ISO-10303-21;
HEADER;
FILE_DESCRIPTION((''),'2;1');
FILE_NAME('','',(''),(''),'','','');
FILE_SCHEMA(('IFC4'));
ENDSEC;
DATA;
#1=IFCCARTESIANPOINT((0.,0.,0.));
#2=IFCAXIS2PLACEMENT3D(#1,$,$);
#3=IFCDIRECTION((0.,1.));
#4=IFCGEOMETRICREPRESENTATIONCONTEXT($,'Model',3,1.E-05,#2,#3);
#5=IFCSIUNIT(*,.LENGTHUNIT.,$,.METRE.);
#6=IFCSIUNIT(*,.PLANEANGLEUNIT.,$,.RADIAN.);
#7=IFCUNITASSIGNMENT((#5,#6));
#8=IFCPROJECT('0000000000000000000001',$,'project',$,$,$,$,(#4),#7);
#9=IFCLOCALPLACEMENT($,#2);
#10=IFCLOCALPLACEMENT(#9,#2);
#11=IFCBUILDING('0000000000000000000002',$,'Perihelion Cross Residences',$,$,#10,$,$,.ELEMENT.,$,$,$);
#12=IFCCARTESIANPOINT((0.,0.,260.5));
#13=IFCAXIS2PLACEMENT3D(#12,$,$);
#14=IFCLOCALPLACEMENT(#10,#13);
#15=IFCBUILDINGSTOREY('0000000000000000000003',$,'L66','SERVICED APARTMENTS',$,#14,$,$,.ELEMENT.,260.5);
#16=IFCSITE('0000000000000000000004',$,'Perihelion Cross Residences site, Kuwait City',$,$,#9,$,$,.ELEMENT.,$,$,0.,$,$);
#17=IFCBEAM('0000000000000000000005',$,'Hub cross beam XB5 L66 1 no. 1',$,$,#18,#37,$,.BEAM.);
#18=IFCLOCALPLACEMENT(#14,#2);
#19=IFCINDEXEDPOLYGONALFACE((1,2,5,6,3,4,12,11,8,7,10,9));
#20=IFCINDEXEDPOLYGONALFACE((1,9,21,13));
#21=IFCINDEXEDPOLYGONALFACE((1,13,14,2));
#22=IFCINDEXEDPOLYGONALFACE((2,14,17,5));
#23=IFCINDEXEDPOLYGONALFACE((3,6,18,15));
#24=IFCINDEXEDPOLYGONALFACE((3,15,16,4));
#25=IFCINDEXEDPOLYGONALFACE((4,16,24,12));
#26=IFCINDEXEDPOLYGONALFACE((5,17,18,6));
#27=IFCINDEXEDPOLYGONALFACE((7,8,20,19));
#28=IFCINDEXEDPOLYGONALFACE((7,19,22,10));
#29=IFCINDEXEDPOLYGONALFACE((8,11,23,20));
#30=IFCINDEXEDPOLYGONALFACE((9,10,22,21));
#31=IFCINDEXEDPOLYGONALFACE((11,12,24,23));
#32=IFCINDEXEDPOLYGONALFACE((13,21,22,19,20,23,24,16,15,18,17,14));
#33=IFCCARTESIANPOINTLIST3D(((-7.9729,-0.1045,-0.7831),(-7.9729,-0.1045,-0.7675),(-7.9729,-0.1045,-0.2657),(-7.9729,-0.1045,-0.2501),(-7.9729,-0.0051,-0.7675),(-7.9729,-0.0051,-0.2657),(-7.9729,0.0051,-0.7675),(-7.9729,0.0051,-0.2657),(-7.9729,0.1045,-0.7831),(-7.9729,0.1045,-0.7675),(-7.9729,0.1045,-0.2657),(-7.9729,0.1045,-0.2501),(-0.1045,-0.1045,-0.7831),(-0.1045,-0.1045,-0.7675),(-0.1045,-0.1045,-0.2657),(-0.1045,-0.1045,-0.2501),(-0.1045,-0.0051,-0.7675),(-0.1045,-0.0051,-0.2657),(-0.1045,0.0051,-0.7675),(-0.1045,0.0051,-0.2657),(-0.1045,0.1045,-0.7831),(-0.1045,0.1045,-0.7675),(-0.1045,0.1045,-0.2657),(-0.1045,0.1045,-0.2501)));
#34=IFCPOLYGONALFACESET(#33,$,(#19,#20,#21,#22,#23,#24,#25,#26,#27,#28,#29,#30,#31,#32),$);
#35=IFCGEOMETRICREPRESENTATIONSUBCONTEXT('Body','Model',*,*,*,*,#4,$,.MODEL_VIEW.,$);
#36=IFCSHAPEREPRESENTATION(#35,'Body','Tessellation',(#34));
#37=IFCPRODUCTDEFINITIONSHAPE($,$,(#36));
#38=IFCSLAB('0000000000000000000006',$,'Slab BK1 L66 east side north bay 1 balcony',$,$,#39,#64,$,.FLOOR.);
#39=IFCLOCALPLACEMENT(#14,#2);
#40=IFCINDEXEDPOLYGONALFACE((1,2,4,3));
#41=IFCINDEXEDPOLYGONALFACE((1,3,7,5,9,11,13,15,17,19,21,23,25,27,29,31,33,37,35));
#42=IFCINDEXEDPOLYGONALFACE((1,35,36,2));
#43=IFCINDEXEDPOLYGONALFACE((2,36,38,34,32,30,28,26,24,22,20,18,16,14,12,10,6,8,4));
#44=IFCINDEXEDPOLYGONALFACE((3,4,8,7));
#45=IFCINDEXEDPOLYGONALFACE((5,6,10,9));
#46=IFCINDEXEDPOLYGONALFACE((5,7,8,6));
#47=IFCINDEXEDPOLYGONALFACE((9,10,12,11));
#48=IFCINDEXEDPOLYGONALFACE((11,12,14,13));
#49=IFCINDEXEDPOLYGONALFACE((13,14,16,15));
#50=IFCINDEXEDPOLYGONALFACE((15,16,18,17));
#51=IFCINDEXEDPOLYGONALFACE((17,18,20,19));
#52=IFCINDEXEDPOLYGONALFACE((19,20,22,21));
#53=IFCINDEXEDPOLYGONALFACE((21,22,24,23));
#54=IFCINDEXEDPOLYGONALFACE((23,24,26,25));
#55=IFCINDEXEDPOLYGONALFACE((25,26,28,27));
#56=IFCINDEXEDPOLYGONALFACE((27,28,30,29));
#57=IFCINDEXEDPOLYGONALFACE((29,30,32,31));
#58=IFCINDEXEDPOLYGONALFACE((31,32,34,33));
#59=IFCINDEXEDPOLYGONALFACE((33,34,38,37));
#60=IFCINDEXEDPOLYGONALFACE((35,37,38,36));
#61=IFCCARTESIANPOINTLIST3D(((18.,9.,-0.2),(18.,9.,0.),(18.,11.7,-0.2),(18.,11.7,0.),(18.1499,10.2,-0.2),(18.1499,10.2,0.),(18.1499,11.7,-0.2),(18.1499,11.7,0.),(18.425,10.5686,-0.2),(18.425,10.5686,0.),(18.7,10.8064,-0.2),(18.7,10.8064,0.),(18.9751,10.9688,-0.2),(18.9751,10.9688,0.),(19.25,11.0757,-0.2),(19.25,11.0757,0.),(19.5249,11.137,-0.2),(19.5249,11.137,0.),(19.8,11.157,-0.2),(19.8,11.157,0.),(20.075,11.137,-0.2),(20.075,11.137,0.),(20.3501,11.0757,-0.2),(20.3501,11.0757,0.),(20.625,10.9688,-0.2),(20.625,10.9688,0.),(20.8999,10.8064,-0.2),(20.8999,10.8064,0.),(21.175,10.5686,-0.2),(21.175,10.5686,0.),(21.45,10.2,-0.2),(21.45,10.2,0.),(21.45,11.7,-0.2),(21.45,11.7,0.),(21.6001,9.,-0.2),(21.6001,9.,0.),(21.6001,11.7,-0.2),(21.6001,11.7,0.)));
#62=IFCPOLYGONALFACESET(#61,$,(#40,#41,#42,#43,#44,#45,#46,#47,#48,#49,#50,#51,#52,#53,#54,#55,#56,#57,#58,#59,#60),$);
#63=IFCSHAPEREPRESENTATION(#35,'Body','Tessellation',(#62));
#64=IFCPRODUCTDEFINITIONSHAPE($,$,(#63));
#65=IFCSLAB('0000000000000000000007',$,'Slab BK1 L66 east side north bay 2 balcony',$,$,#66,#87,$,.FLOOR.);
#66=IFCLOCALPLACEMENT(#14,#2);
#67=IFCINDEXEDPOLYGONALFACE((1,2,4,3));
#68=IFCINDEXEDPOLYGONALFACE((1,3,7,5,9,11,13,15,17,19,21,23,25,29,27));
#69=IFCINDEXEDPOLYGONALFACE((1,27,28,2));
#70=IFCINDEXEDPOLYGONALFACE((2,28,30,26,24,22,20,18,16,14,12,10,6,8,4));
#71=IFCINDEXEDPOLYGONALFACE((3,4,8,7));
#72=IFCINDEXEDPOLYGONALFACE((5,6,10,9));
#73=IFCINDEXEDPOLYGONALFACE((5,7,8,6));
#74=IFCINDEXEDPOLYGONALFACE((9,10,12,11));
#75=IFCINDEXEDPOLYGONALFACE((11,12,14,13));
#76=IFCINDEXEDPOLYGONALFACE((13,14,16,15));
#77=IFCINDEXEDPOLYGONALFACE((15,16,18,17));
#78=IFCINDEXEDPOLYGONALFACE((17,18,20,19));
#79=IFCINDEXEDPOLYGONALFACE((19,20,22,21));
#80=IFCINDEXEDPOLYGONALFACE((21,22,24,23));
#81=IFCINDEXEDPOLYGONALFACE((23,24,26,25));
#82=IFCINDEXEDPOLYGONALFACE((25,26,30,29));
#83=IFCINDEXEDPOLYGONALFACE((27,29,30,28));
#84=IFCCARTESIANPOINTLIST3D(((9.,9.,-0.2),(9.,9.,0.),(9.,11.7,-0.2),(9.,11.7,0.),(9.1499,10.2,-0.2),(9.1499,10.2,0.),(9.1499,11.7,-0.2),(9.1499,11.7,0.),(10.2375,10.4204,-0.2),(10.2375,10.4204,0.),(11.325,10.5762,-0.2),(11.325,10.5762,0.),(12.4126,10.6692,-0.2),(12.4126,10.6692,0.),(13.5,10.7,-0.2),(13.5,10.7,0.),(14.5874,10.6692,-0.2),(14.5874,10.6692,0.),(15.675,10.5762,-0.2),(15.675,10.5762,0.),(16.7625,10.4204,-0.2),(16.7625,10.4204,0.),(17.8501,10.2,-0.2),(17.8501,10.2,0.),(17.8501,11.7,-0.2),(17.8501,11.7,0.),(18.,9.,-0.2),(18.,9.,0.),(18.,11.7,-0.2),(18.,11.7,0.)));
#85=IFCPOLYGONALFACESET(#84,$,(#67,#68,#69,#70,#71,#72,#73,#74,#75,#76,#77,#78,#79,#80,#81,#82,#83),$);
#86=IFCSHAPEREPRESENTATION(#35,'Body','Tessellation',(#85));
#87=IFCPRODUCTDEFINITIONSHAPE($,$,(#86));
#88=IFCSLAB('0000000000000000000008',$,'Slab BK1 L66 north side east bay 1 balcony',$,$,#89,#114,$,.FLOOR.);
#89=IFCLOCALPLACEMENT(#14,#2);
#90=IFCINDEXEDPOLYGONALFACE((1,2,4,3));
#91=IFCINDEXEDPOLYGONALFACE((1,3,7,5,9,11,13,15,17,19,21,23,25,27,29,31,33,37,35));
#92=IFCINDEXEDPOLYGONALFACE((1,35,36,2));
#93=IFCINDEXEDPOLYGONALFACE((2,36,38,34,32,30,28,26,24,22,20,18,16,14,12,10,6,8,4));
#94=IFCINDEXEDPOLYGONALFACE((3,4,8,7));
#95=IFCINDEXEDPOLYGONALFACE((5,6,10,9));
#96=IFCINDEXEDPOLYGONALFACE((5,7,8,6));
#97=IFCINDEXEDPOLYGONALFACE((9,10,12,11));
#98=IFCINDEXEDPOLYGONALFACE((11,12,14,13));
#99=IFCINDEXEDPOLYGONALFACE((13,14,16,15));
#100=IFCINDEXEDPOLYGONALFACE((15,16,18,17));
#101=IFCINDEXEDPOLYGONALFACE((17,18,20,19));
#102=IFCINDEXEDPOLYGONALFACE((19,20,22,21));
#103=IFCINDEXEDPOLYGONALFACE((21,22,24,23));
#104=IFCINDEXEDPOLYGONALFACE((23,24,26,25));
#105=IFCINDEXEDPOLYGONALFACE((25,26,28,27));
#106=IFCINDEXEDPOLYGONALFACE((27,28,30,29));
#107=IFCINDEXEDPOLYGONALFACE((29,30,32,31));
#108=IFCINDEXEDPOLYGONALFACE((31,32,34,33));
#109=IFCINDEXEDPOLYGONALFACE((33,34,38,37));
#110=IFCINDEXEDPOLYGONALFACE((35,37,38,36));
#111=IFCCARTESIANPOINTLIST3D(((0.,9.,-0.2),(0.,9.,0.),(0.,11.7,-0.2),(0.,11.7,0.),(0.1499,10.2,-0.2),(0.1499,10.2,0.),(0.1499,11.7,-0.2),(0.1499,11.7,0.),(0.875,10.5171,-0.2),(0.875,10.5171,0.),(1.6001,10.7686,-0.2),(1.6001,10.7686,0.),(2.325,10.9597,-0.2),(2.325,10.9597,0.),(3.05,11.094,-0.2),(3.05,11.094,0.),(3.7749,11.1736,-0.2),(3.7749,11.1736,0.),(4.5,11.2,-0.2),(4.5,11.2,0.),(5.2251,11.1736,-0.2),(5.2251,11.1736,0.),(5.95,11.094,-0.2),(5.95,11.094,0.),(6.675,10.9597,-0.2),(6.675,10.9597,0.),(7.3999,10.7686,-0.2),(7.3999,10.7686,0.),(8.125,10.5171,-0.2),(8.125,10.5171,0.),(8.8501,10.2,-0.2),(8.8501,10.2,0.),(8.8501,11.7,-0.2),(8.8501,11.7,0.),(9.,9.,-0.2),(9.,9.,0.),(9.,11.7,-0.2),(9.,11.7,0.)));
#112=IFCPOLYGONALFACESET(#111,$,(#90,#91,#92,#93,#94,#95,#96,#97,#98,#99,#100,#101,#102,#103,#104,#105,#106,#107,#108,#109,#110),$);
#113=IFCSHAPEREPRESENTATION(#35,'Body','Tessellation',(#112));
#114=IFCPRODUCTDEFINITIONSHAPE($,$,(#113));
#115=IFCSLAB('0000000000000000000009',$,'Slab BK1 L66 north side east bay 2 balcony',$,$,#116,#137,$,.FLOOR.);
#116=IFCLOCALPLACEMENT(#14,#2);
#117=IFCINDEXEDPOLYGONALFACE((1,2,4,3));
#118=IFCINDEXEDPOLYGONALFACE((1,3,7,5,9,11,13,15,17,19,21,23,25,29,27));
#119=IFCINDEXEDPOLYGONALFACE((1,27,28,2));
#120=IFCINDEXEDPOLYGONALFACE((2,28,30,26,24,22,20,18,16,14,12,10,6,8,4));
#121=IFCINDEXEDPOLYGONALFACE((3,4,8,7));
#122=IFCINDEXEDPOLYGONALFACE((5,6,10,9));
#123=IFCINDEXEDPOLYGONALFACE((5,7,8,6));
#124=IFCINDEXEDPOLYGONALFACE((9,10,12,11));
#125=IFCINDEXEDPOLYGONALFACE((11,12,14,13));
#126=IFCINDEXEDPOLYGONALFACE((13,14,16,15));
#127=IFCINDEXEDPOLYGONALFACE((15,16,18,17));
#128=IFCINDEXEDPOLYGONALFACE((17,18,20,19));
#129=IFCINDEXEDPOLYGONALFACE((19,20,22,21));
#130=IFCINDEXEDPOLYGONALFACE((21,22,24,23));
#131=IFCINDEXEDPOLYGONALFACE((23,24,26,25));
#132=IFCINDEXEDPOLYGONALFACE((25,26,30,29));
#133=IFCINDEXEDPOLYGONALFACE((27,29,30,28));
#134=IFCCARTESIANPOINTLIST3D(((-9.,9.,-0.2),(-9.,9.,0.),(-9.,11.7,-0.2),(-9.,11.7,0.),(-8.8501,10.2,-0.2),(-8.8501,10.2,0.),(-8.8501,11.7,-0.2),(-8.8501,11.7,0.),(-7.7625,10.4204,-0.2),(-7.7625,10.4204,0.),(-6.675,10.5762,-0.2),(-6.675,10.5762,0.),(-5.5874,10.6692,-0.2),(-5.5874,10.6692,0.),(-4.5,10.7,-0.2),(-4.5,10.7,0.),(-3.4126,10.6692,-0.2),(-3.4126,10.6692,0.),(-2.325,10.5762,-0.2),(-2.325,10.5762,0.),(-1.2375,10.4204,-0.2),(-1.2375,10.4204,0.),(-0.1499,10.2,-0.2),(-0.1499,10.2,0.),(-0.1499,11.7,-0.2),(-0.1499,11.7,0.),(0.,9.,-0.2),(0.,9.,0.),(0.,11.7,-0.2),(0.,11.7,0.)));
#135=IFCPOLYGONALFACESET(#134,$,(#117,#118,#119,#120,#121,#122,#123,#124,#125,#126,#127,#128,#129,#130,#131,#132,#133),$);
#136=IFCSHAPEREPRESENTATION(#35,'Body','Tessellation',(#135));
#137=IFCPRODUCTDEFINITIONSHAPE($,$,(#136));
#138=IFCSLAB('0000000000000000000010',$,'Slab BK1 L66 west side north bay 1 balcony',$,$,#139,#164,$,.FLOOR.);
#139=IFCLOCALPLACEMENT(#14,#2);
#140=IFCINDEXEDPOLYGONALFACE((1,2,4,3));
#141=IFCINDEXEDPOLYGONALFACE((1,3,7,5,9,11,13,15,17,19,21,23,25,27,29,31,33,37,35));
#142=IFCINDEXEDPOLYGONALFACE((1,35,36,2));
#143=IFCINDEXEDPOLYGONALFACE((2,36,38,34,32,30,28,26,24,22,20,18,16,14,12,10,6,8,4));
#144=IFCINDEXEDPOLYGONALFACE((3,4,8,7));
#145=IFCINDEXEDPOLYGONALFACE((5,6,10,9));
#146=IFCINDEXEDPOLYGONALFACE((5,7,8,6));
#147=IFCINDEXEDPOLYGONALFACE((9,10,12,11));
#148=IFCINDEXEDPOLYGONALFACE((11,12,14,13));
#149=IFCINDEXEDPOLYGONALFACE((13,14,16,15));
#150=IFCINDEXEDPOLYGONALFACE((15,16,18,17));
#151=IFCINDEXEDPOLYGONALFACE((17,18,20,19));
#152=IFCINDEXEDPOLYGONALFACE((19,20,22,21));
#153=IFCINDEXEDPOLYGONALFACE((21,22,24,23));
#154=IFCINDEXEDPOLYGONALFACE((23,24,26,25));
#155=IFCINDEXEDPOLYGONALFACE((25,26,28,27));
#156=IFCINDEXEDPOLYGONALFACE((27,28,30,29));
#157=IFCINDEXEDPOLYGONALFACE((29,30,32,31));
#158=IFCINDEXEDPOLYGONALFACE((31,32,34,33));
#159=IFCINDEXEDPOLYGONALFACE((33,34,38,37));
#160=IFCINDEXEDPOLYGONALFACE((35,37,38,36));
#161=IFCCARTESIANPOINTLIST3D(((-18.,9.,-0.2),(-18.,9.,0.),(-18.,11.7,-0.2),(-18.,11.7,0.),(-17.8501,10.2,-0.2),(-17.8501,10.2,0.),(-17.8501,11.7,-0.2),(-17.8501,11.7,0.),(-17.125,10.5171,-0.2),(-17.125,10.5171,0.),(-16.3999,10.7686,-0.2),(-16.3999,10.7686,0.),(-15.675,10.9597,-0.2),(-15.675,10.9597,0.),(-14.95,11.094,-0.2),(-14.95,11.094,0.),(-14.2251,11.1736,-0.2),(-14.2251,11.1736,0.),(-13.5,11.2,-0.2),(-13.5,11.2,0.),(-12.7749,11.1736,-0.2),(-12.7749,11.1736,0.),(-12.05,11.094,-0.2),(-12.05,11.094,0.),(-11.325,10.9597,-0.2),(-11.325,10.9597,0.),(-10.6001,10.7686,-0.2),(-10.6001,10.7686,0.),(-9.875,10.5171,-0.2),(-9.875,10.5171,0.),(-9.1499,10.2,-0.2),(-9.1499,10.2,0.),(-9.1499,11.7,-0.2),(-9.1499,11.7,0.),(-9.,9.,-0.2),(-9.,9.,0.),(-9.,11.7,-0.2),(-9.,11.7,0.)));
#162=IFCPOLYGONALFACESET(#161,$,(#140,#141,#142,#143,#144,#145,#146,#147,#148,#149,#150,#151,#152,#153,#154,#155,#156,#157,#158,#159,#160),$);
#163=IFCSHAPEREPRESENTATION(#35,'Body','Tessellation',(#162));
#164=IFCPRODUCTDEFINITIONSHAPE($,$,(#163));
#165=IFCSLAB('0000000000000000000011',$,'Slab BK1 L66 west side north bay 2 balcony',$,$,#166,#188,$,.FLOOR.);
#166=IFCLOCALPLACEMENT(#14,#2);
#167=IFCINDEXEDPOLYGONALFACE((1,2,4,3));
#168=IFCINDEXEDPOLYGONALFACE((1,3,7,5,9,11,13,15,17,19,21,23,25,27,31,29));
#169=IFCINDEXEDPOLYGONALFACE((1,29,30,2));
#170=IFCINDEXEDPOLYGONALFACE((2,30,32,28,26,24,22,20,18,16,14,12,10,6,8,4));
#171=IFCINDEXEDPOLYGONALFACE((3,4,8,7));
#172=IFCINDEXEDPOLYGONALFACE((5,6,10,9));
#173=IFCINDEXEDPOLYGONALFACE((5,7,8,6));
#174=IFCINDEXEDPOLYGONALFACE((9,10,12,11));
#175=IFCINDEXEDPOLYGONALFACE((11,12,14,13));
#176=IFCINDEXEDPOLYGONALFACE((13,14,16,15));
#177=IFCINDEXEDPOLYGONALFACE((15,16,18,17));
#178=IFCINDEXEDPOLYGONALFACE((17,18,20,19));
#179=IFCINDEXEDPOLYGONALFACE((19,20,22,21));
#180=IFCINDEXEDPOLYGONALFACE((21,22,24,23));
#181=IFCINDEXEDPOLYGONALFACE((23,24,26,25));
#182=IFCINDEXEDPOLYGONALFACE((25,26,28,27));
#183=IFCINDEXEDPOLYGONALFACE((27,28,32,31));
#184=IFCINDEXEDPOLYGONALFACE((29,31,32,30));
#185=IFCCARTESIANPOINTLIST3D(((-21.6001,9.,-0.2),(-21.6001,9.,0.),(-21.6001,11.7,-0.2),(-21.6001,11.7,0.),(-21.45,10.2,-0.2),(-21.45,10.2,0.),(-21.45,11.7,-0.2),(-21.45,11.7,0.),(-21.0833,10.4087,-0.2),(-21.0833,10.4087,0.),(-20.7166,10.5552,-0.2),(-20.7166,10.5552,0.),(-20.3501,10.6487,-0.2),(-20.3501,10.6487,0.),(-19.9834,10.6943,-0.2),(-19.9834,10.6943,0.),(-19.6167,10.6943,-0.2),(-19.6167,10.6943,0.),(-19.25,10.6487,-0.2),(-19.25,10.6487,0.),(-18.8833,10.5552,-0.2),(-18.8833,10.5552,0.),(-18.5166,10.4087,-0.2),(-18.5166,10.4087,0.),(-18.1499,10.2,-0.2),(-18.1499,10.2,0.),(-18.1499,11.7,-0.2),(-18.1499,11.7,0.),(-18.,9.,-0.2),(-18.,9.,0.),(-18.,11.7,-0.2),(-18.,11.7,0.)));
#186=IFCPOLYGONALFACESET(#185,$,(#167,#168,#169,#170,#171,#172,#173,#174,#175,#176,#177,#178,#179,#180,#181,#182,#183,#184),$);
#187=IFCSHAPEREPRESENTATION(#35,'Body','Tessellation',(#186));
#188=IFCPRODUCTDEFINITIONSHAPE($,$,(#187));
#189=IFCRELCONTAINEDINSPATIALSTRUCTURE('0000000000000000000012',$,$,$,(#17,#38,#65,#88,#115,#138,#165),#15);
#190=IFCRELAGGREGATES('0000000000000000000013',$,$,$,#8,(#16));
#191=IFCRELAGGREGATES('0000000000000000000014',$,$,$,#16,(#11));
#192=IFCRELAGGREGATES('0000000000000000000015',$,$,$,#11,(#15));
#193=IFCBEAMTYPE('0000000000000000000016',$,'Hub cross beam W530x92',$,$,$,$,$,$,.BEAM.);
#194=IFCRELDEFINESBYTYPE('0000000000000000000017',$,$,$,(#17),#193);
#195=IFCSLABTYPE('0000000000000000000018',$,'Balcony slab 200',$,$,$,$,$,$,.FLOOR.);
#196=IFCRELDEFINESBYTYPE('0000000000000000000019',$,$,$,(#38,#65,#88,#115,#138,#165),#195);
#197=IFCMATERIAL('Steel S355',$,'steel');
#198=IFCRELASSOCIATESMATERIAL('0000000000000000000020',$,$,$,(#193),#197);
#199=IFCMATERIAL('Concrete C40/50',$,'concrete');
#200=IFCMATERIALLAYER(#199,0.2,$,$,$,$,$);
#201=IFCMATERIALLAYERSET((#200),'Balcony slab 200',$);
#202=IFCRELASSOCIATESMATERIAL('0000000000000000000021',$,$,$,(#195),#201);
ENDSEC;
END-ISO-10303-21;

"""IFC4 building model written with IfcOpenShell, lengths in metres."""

from ifc_helpers import new_model, si_unit, direction, frame, origin, origin_2d, place, context, subcontext, project, spatial, polyline, i_section, outline, extrude, material, layer, layer_set, material_profile, profile_set, type_object, element, save


model = new_model("IFC4")

# Units and contexts
model_context = context("Model", 3, precision=1e-05, world=origin(), true_north=direction((0.0, 1.0)))
body_context = subcontext(model_context, "Body", "Model", "MODEL_VIEW")
ifc_project = project(units=[si_unit("LENGTHUNIT", "METRE"), si_unit("PLANEANGLEUNIT", "RADIAN")], contexts=[model_context])

# Site, building, storey
site_placement = place(None, origin())
site = spatial("IfcSite", under=ifc_project, at=site_placement, Name="Perihelion Cross Residences site, Kuwait City", CompositionType="ELEMENT", RefElevation=0.0)
building_placement = place(site_placement, origin())
building = spatial("IfcBuilding", under=site, at=building_placement, Name="Perihelion Cross Residences", CompositionType="ELEMENT")
storey_placement = place(building_placement, frame((0.0, 0.0, 260.5)))
storey = spatial("IfcBuildingStorey", under=building, at=storey_placement, Name="L66", Description="SERVICED APARTMENTS", CompositionType="ELEMENT", Elevation=260.5)

# Beam
ifc_material_1 = material(Name="Steel S355", Category="steel")
ifc_material_profile = material_profile(ifc_material_1, i_section(OverallWidth=0.209, OverallDepth=0.533, WebThickness=0.0103, FlangeThickness=0.0156, at=origin_2d()), Name="W530x92")
ifc_profile_set = profile_set([ifc_material_profile], Name="Steel S355")
beam_type = type_object("IfcBeamType", Name="Hub cross beam W530x92", PredefinedType="BEAM", material=ifc_profile_set)
beam_placement = place(storey_placement, frame((-7.9729, 0.0, -0.5166), z_axis=(1.0, 0.0, 0.0), x_axis=(0.0, 1.0, 0.0)))
element("IfcBeam", 1, at=beam_placement, inside=storey, type_object=beam_type, Name="Hub cross beam XB5 L66 1 no. 1", PredefinedType="BEAM", context=body_context, shape_type="SweptSolid", body=[
    extrude(i_section(OverallWidth=0.209, OverallDepth=0.533, WebThickness=0.0103, FlangeThickness=0.0156, at=origin_2d()), origin(), (0.0, 0.0, 1.0), 7.8684),
])

# Slabs
ifc_material_2 = material(Name="Concrete C40/50", Category="concrete")
ifc_layer_1 = layer(ifc_material_2, 0.2)
ifc_layer_set_1 = layer_set([ifc_layer_1], Name="Balcony slab 200")
slab_type_1 = type_object("IfcSlabType", Name="Balcony slab 200", PredefinedType="FLOOR", material=ifc_layer_set_1)
slab_1_placement = place(storey_placement, frame((0.0, 0.0, -0.2)))
element("IfcSlab", 2, at=slab_1_placement, inside=storey, type_object=slab_type_1, Name="Slab BK1 L66 east side north bay 1 balcony", PredefinedType="FLOOR", context=body_context, shape_type="SweptSolid", body=[
    extrude(outline(polyline([(21.6001, 9.0), (18.0, 9.0), (18.0, 11.7), (18.1499, 11.7), (18.1499, 10.2), (18.425, 10.5686), (18.7, 10.8064), (18.9751, 10.9688), (19.25, 11.0757), (19.5249, 11.137), (19.8, 11.157), (20.075, 11.137), (20.3501, 11.0757), (20.625, 10.9688), (20.8999, 10.8064), (21.175, 10.5686), (21.45, 10.2), (21.45, 11.7), (21.6001, 11.7), (21.6001, 9.0)])), origin(), (0.0, 0.0, 1.0), 0.2),
])
slab_2_placement = place(storey_placement, frame((0.0, 0.0, -0.2)))
element("IfcSlab", 3, at=slab_2_placement, inside=storey, type_object=slab_type_1, Name="Slab BK1 L66 east side north bay 2 balcony", PredefinedType="FLOOR", context=body_context, shape_type="SweptSolid", body=[
    extrude(outline(polyline([(18.0, 9.0), (9.0, 9.0), (9.0, 11.7), (9.1499, 11.7), (9.1499, 10.2), (10.2375, 10.4204), (11.325, 10.5762), (12.4126, 10.6692), (13.5, 10.7), (14.5874, 10.6692), (15.675, 10.5762), (16.7625, 10.4204), (17.8501, 10.2), (17.8501, 11.7), (18.0, 11.7), (18.0, 9.0)])), origin(), (0.0, 0.0, 1.0), 0.2),
])
slab_3_placement = place(storey_placement, frame((0.0, 0.0, -0.2)))
element("IfcSlab", 4, at=slab_3_placement, inside=storey, type_object=slab_type_1, Name="Slab BK1 L66 north side east bay 1 balcony", PredefinedType="FLOOR", context=body_context, shape_type="SweptSolid", body=[
    extrude(outline(polyline([(9.0, 9.0), (0.0, 9.0), (0.0, 11.7), (0.1499, 11.7), (0.1499, 10.2), (0.875, 10.5171), (1.6001, 10.7686), (2.325, 10.9597), (3.05, 11.094), (3.7749, 11.1736), (4.5, 11.2), (5.2251, 11.1736), (5.95, 11.094), (6.675, 10.9597), (7.3999, 10.7686), (8.125, 10.5171), (8.8501, 10.2), (8.8501, 11.7), (9.0, 11.7), (9.0, 9.0)])), origin(), (0.0, 0.0, 1.0), 0.2),
])
slab_4_placement = place(storey_placement, frame((0.0, 0.0, -0.2)))
element("IfcSlab", 5, at=slab_4_placement, inside=storey, type_object=slab_type_1, Name="Slab BK1 L66 north side east bay 2 balcony", PredefinedType="FLOOR", context=body_context, shape_type="SweptSolid", body=[
    extrude(outline(polyline([(0.0, 9.0), (-9.0, 9.0), (-9.0, 11.7), (-8.8501, 11.7), (-8.8501, 10.2), (-7.7625, 10.4204), (-6.675, 10.5762), (-5.5874, 10.6692), (-4.5, 10.7), (-3.4126, 10.6692), (-2.325, 10.5762), (-1.2375, 10.4204), (-0.1499, 10.2), (-0.1499, 11.7), (0.0, 11.7), (0.0, 9.0)])), origin(), (0.0, 0.0, 1.0), 0.2),
])
slab_5_placement = place(storey_placement, frame((0.0, 0.0, -0.2)))
element("IfcSlab", 6, at=slab_5_placement, inside=storey, type_object=slab_type_1, Name="Slab BK1 L66 west side north bay 1 balcony", PredefinedType="FLOOR", context=body_context, shape_type="SweptSolid", body=[
    extrude(outline(polyline([(-9.0, 9.0), (-18.0, 9.0), (-18.0, 11.7), (-17.8501, 11.7), (-17.8501, 10.2), (-17.125, 10.5171), (-16.3999, 10.7686), (-15.675, 10.9597), (-14.95, 11.094), (-14.2251, 11.1736), (-13.5, 11.2), (-12.7749, 11.1736), (-12.05, 11.094), (-11.325, 10.9597), (-10.6001, 10.7686), (-9.875, 10.5171), (-9.1499, 10.2), (-9.1499, 11.7), (-9.0, 11.7), (-9.0, 9.0)])), origin(), (0.0, 0.0, 1.0), 0.2),
])
slab_6_placement = place(storey_placement, frame((0.0, 0.0, -0.2)))
element("IfcSlab", 7, at=slab_6_placement, inside=storey, type_object=slab_type_1, Name="Slab BK1 L66 west side north bay 2 balcony", PredefinedType="FLOOR", context=body_context, shape_type="SweptSolid", body=[
    extrude(outline(polyline([(-18.0, 9.0), (-21.6001, 9.0), (-21.6001, 11.7), (-21.45, 11.7), (-21.45, 10.2), (-21.0833, 10.4087), (-20.7166, 10.5552), (-20.3501, 10.6487), (-19.9834, 10.6943), (-19.6167, 10.6943), (-19.25, 10.6487), (-18.8833, 10.5552), (-18.5166, 10.4087), (-18.1499, 10.2), (-18.1499, 11.7), (-18.0, 11.7), (-18.0, 9.0)])), origin(), (0.0, 0.0, 1.0), 0.2),
])

save(model, "model.ifc")
